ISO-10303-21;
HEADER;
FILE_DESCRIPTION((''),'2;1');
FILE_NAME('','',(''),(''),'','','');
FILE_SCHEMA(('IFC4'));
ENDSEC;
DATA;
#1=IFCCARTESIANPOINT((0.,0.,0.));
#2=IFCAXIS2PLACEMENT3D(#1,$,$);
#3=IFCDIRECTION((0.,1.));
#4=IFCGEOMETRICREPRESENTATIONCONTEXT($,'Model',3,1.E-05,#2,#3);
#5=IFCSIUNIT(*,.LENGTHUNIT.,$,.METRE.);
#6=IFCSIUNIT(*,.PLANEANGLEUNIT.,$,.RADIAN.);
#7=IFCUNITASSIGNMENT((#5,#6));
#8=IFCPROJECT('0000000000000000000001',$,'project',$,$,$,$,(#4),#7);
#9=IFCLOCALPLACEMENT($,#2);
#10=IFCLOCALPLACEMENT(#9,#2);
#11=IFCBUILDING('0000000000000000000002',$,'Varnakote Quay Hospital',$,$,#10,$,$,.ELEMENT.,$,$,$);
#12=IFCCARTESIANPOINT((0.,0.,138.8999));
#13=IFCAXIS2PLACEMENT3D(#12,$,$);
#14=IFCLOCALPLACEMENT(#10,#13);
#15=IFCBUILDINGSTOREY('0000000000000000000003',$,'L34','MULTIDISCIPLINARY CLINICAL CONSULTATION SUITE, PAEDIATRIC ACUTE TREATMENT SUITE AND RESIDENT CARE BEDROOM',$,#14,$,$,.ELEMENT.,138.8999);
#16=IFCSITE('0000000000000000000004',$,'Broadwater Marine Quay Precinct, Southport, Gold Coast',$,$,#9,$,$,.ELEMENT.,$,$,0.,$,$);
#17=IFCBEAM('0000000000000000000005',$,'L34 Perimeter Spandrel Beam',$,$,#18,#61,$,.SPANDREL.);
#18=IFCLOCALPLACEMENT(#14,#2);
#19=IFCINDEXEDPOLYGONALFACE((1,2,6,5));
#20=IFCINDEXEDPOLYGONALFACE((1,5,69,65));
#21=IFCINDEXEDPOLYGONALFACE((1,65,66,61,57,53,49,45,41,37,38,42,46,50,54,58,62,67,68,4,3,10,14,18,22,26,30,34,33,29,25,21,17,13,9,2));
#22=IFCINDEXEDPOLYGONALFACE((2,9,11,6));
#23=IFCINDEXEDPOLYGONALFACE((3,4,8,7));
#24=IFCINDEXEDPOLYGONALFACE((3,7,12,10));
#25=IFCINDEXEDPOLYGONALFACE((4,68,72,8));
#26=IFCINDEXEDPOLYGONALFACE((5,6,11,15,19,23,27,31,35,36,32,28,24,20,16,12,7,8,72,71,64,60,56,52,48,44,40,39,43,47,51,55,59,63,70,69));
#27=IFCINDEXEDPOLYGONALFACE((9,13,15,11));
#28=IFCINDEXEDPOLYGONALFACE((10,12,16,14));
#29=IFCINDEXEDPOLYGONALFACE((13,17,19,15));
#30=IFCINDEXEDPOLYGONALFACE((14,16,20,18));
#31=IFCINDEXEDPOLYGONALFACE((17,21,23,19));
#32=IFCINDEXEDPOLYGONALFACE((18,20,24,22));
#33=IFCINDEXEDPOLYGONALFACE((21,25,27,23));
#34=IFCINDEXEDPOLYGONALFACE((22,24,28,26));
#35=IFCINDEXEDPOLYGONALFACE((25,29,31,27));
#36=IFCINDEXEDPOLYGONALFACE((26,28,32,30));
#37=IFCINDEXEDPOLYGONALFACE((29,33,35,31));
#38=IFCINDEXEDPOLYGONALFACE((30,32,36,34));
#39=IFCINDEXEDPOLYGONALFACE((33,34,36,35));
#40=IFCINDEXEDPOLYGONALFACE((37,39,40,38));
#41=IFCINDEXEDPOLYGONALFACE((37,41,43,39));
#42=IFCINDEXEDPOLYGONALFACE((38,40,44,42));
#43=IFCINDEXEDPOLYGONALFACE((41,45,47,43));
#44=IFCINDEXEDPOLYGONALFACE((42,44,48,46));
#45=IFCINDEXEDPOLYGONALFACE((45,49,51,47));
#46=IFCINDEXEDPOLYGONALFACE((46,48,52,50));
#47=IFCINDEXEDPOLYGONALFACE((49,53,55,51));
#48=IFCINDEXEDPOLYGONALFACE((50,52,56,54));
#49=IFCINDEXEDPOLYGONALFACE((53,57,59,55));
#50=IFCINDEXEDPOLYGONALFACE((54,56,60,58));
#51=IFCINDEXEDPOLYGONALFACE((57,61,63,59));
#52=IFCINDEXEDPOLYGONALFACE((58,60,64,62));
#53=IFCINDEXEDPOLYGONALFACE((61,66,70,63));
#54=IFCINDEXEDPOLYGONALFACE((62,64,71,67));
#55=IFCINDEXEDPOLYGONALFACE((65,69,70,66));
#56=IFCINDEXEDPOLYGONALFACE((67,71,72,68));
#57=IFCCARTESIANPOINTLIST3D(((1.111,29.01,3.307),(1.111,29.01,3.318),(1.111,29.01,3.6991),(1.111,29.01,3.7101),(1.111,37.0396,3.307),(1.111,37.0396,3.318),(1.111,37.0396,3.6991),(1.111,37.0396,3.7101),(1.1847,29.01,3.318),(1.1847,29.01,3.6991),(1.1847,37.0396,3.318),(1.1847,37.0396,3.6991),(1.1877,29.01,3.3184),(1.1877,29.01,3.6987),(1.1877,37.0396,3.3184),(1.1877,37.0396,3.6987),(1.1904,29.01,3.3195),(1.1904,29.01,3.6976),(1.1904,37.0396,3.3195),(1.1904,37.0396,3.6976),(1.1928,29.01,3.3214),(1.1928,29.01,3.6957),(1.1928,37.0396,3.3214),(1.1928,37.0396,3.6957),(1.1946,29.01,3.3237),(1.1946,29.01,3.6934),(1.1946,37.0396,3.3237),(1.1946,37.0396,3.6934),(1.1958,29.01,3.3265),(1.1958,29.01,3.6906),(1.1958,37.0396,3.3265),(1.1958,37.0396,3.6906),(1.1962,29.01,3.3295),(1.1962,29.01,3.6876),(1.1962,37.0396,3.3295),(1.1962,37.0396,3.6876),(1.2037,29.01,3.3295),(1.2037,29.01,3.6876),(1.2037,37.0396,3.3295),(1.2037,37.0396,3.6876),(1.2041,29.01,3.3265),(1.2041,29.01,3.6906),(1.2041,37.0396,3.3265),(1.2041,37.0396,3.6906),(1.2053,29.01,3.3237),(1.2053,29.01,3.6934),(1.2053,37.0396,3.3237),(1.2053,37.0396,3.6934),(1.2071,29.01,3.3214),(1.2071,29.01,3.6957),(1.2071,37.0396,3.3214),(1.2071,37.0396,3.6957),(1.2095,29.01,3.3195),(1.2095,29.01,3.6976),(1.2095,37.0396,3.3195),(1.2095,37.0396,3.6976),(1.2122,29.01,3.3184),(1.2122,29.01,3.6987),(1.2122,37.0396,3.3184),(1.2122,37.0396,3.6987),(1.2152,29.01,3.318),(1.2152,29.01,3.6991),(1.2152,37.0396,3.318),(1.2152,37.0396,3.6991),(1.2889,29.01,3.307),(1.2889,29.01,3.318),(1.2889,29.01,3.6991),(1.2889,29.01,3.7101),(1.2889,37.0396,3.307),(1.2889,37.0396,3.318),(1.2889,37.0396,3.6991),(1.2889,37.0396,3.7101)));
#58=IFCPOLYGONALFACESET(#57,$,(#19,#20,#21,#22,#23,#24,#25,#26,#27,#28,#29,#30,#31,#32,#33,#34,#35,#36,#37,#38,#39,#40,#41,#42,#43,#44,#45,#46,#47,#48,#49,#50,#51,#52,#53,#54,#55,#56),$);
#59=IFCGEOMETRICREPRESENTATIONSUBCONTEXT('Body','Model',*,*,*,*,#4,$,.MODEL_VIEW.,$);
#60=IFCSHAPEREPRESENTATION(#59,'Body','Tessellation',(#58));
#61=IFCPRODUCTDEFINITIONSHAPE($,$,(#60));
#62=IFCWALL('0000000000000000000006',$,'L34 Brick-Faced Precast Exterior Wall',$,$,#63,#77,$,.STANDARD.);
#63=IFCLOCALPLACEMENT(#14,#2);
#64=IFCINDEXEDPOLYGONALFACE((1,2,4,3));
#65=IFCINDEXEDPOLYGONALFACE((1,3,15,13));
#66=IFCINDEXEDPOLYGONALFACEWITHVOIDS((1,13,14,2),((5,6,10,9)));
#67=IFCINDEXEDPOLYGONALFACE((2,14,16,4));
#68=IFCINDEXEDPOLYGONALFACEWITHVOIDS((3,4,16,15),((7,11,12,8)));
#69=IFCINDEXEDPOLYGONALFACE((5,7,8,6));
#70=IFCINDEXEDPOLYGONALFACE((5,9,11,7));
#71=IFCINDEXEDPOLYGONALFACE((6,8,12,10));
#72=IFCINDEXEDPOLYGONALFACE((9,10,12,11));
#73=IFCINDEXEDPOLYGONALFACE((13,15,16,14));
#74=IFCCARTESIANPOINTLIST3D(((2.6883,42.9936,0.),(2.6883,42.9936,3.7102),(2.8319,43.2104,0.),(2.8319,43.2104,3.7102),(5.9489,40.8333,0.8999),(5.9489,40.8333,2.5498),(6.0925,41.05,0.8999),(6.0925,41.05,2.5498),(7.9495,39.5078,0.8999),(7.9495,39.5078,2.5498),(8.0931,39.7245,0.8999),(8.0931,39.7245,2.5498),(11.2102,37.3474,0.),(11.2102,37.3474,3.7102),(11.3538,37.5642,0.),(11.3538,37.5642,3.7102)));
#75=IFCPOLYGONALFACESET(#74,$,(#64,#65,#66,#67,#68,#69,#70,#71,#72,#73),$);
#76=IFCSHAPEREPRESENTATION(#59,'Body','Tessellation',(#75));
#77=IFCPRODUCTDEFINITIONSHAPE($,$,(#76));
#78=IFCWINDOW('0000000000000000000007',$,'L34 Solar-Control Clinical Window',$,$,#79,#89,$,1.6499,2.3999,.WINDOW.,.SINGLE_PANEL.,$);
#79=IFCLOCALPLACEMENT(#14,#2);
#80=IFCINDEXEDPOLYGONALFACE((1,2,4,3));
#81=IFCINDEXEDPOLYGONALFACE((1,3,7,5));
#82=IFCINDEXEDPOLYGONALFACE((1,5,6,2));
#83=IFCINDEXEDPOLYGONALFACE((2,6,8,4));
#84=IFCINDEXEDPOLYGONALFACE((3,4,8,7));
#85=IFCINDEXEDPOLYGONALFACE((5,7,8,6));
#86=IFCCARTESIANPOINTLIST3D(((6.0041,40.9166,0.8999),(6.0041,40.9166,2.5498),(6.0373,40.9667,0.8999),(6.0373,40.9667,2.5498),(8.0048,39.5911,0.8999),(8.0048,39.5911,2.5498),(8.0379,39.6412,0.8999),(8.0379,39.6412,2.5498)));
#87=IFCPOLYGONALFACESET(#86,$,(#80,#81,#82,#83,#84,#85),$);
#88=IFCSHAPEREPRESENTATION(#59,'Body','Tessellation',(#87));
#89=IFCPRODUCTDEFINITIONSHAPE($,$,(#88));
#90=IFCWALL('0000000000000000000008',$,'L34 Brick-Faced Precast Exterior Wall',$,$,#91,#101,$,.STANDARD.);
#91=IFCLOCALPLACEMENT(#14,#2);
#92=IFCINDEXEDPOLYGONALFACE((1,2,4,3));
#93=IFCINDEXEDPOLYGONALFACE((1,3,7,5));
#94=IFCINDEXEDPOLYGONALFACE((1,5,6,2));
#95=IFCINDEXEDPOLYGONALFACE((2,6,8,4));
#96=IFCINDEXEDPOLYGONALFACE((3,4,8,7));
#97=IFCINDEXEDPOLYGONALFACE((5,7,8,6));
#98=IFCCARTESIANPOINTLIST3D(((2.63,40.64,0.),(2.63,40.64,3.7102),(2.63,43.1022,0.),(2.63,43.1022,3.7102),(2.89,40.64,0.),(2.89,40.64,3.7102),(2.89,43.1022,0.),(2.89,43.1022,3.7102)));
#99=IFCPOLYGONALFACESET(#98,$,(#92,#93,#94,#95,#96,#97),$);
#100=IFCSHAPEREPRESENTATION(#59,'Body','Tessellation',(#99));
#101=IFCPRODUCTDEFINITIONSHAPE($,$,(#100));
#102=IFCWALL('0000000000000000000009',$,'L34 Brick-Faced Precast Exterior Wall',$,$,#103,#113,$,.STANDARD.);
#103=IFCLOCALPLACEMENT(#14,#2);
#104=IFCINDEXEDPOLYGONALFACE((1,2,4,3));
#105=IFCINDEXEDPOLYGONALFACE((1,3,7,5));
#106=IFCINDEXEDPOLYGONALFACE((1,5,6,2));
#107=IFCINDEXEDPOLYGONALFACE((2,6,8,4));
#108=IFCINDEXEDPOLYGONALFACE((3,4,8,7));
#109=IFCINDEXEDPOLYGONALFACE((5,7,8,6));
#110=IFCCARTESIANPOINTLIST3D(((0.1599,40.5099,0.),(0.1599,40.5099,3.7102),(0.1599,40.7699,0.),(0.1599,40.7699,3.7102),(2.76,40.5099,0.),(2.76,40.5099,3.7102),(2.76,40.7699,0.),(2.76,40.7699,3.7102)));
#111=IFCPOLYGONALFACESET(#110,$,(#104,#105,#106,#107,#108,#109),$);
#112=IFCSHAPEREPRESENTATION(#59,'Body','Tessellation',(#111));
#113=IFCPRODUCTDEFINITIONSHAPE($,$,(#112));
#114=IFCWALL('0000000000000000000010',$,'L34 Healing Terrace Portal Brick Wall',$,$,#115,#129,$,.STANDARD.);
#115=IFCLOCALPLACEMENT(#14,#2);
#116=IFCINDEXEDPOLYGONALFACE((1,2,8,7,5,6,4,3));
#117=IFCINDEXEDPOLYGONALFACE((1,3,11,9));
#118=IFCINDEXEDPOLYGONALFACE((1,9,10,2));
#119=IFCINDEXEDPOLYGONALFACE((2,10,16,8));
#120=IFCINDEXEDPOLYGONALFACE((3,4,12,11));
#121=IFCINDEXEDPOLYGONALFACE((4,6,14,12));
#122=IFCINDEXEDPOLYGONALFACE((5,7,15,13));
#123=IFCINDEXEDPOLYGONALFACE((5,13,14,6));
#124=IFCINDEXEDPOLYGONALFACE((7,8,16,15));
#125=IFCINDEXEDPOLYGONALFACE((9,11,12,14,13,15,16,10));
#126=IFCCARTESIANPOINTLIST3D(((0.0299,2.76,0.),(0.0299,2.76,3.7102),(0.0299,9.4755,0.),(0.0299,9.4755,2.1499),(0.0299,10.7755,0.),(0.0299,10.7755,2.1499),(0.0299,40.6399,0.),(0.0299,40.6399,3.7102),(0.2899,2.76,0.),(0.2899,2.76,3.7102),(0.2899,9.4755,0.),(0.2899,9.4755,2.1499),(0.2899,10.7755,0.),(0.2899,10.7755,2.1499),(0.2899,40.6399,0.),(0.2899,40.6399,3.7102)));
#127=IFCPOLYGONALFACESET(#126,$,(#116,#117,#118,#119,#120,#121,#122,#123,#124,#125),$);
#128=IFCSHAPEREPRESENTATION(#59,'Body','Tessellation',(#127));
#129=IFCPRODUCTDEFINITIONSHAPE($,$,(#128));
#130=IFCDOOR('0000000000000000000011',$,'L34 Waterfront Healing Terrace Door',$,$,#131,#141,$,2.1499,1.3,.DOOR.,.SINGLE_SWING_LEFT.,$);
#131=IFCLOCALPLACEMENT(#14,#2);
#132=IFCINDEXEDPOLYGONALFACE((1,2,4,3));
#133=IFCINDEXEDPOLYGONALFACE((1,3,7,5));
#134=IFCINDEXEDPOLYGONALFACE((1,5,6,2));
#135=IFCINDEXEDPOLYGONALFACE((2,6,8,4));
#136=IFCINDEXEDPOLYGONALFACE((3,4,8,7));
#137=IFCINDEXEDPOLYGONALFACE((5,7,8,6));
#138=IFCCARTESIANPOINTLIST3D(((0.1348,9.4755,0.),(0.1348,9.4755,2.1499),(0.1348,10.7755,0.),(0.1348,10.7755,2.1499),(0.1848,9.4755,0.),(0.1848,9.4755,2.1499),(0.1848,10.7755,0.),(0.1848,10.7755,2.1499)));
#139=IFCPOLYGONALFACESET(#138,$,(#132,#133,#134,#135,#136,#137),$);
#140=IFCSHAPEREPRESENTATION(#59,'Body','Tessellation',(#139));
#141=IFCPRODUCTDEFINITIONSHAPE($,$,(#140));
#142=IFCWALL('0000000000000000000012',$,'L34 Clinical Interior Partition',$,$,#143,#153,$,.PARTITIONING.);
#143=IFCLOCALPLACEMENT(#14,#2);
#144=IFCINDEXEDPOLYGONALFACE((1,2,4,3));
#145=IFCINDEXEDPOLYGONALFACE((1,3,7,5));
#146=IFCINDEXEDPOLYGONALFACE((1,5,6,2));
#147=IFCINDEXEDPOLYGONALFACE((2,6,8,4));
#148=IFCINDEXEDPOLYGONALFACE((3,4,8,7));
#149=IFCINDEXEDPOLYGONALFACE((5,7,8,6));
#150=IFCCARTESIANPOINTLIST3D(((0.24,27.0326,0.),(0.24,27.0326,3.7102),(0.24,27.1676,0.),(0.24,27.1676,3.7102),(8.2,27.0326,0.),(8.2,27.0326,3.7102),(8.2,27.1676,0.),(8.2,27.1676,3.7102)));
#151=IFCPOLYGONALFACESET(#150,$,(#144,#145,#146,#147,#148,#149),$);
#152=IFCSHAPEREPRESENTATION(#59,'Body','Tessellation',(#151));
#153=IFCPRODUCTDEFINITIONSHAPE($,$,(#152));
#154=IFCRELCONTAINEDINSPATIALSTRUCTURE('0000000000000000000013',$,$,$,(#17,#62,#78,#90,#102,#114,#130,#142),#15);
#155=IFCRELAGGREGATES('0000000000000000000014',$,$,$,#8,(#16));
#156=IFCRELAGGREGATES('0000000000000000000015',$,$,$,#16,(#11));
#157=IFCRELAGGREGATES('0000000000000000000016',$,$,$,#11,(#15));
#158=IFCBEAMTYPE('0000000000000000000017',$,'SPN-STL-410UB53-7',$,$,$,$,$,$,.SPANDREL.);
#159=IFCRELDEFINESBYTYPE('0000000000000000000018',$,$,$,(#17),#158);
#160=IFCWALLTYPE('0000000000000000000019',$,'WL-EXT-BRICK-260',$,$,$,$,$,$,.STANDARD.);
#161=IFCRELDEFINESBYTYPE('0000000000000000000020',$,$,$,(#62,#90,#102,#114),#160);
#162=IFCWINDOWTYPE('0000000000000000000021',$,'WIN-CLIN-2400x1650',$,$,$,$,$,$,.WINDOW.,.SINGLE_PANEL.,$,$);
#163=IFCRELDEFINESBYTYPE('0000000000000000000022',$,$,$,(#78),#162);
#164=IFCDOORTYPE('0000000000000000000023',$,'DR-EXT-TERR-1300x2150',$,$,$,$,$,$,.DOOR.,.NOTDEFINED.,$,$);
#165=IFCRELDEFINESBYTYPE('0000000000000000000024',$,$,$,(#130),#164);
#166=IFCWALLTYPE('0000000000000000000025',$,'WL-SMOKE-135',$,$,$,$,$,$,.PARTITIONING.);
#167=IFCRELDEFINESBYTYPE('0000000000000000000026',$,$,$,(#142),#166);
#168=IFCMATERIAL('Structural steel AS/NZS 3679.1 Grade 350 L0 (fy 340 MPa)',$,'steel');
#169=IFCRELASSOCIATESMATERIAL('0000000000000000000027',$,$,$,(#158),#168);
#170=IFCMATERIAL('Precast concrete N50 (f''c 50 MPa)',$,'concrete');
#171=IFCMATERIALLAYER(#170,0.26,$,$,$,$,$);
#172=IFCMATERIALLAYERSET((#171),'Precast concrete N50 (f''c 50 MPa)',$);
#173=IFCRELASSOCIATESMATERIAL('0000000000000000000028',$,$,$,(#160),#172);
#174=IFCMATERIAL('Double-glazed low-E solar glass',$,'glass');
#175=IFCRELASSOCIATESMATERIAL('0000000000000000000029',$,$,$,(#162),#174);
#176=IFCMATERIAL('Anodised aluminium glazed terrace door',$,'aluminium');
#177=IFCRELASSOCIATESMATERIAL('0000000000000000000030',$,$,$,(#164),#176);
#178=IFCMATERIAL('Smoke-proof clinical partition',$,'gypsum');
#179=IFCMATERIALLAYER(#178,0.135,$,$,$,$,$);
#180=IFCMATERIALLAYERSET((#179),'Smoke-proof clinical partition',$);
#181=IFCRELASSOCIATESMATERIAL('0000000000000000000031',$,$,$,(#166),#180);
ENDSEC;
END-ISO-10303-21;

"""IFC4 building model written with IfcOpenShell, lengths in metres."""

from ifc_helpers import new_model, si_unit, direction, frame, frame_2d, origin, origin_2d, place, context, subcontext, project, spatial, rectangle, i_section, extrude, material, layer, layer_set, material_profile, profile_set, type_object, element, fill, save


model = new_model("IFC4")

# Units and contexts
model_context = context("Model", 3, precision=1e-05, world=origin(), true_north=direction((0.0, 1.0)))
body_context = subcontext(model_context, "Body", "Model", "MODEL_VIEW")
ifc_project = project(units=[si_unit("LENGTHUNIT", "METRE"), si_unit("PLANEANGLEUNIT", "RADIAN")], contexts=[model_context])

# Site, building, storey
site_placement = place(None, origin())
site = spatial("IfcSite", under=ifc_project, at=site_placement, Name="Broadwater Marine Quay Precinct, Southport, Gold Coast", CompositionType="ELEMENT", RefElevation=0.0)
building_placement = place(site_placement, origin())
building = spatial("IfcBuilding", under=site, at=building_placement, Name="Varnakote Quay Hospital", CompositionType="ELEMENT")
storey_placement = place(building_placement, frame((0.0, 0.0, 138.8999)))
storey = spatial("IfcBuildingStorey", under=building, at=storey_placement, Name="L34", Description="MULTIDISCIPLINARY CLINICAL CONSULTATION SUITE, PAEDIATRIC ACUTE TREATMENT SUITE AND RESIDENT CARE BEDROOM", CompositionType="ELEMENT", Elevation=138.8999)

# Beam
ifc_material_1 = material(Name="Structural steel AS/NZS 3679.1 Grade 350 L0 (fy 340 MPa)", Category="steel")
ifc_material_profile_1 = material_profile(ifc_material_1, i_section(OverallWidth=0.178, OverallDepth=0.4031, WebThickness=0.0076, FlangeThickness=0.011, FilletRadius=0.0115, at=origin_2d()), Name="410UB53.7")
ifc_profile_set_1 = profile_set([ifc_material_profile_1], Name="Structural steel AS/NZS 3679.1 Grade 350 L0 (fy 340 MPa)")
beam_type_1 = type_object("IfcBeamType", Name="SPN-STL-410UB53-7", PredefinedType="SPANDREL", material=ifc_profile_set_1)
beam_1_placement = place(storey_placement, frame((1.2, 29.01, 3.5085), z_axis=(0.0, 1.0, 0.0), x_axis=(-1.0, 0.0, 0.0)))
element("IfcBeam", 1, at=beam_1_placement, inside=storey, type_object=beam_type_1, Name="L34 Perimeter Spandrel Beam", PredefinedType="SPANDREL", context=body_context, shape_type="SweptSolid", body=[
    extrude(i_section(OverallWidth=0.178, OverallDepth=0.4031, WebThickness=0.0076, FlangeThickness=0.011, FilletRadius=0.0115, at=origin_2d()), origin(), (0.0, 0.0, 1.0), 8.0295),
])

# Wall, opening, window
ifc_material_2 = material(Name="Precast concrete N50 (f'c 50 MPa)", Category="concrete")
ifc_layer_1 = layer(ifc_material_2, 0.26)
ifc_layer_set_1 = layer_set([ifc_layer_1], Name="Precast concrete N50 (f'c 50 MPa)")
wall_type_1 = type_object("IfcWallType", Name="WL-EXT-BRICK-260", PredefinedType="STANDARD", material=ifc_layer_set_1)
wall_1_placement = place(storey_placement, frame((11.282, 37.4558, 0.0), z_axis=(0.0, 0.0, 1.0), x_axis=(-0.83363, 0.552323, 0.0)))
wall_1 = element("IfcWall", 2, at=wall_1_placement, inside=storey, type_object=wall_type_1, Name="L34 Brick-Faced Precast Exterior Wall", PredefinedType="STANDARD", context=body_context, shape_type="SweptSolid", body=[
    extrude(rectangle(XDim=10.2227, YDim=0.26, at=frame_2d((5.1113, 0.0))), origin(), (0.0, 0.0, 1.0), 3.7102),
])
opening_1_placement = place(wall_1_placement, frame((3.9114, 0.0, 0.8999)))
opening_1 = element("IfcOpeningElement", 3, at=opening_1_placement, cuts=wall_1, PredefinedType="OPENING", context=body_context, shape_type="SweptSolid", body=[
    extrude(rectangle(XDim=2.3999, YDim=1.6499, at=frame_2d((1.2, 0.825))), frame((0.0, 0.1399, 0.0), z_axis=(0.0, -1.0, 0.0), x_axis=(1.0, 0.0, 0.0)), (0.0, 0.0, 1.0), 0.28),
])
ifc_material_3 = material(Name="Double-glazed low-E solar glass", Category="glass")
window_type = type_object("IfcWindowType", Name="WIN-CLIN-2400x1650", PartitioningType="SINGLE_PANEL", PredefinedType="WINDOW", material=ifc_material_3)
window_placement = place(opening_1_placement, origin())
window = element("IfcWindow", 4, at=window_placement, inside=storey, type_object=window_type, Name="L34 Solar-Control Clinical Window", OverallHeight=1.6499, OverallWidth=2.3999, PartitioningType="SINGLE_PANEL", PredefinedType="WINDOW", context=body_context, shape_type="SweptSolid", body=[
    extrude(rectangle(XDim=2.3999, YDim=1.6499, at=frame_2d((1.2, 0.825))), frame((0.0, 0.03, 0.0), z_axis=(0.0, -1.0, 0.0), x_axis=(1.0, 0.0, 0.0)), (0.0, 0.0, 1.0), 0.0601),
])
fill(opening_1, window)

# Walls
wall_2_placement = place(storey_placement, frame((2.76, 43.1021, 0.0), z_axis=(0.0, 0.0, 1.0), x_axis=(0.0, -1.0, 0.0)))
element("IfcWall", 5, at=wall_2_placement, inside=storey, type_object=wall_type_1, Name="L34 Brick-Faced Precast Exterior Wall", PredefinedType="STANDARD", context=body_context, shape_type="SweptSolid", body=[
    extrude(rectangle(XDim=2.4622, YDim=0.26, at=frame_2d((1.231, 0.0))), origin(), (0.0, 0.0, 1.0), 3.7102),
])
wall_3_placement = place(storey_placement, frame((2.76, 40.6399, 0.0), z_axis=(0.0, 0.0, 1.0), x_axis=(-1.0, 0.0, 0.0)))
element("IfcWall", 6, at=wall_3_placement, inside=storey, type_object=wall_type_1, Name="L34 Brick-Faced Precast Exterior Wall", PredefinedType="STANDARD", context=body_context, shape_type="SweptSolid", body=[
    extrude(rectangle(XDim=2.6001, YDim=0.26, at=frame_2d((1.3, 0.0))), origin(), (0.0, 0.0, 1.0), 3.7102),
])

# Wall, opening, door
wall_4_placement = place(storey_placement, frame((0.1599, 40.6399, 0.0), z_axis=(0.0, 0.0, 1.0), x_axis=(0.0, -1.0, 0.0)))
wall_4 = element("IfcWall", 7, at=wall_4_placement, inside=storey, type_object=wall_type_1, Name="L34 Healing Terrace Portal Brick Wall", PredefinedType="STANDARD", context=body_context, shape_type="SweptSolid", body=[
    extrude(rectangle(XDim=37.8799, YDim=0.26, at=frame_2d((18.9399, 0.0))), origin(), (0.0, 0.0, 1.0), 3.7102),
])
opening_2_placement = place(wall_4_placement, frame((29.8645, 0.0, 0.0)))
opening_2 = element("IfcOpeningElement", 8, at=opening_2_placement, cuts=wall_4, PredefinedType="OPENING", context=body_context, shape_type="SweptSolid", body=[
    extrude(rectangle(XDim=1.3, YDim=2.1499, at=frame_2d((0.6499, 1.075))), frame((0.0, 0.1399, 0.0), z_axis=(0.0, -1.0, 0.0), x_axis=(1.0, 0.0, 0.0)), (0.0, 0.0, 1.0), 0.28),
])
ifc_material_4 = material(Name="Anodised aluminium glazed terrace door", Category="aluminium")
door_type = type_object("IfcDoorType", Name="DR-EXT-TERR-1300x2150", OperationType="NOTDEFINED", PredefinedType="DOOR", material=ifc_material_4)
door_placement = place(opening_2_placement, origin())
door = element("IfcDoor", 9, at=door_placement, inside=storey, type_object=door_type, Name="L34 Waterfront Healing Terrace Door", OperationType="SINGLE_SWING_LEFT", OverallHeight=2.1499, OverallWidth=1.3, PredefinedType="DOOR", context=body_context, shape_type="SweptSolid", body=[
    extrude(rectangle(XDim=1.3, YDim=2.1499, at=frame_2d((0.6499, 1.075))), frame((0.0, 0.0249, 0.0), z_axis=(0.0, -1.0, 0.0), x_axis=(1.0, 0.0, 0.0)), (0.0, 0.0, 1.0), 0.05),
])
fill(opening_2, door)

# Wall
ifc_material_5 = material(Name="Smoke-proof clinical partition", Category="gypsum")
ifc_layer_2 = layer(ifc_material_5, 0.135)
ifc_layer_set_2 = layer_set([ifc_layer_2], Name="Smoke-proof clinical partition")
wall_type_2 = type_object("IfcWallType", Name="WL-SMOKE-135", PredefinedType="PARTITIONING", material=ifc_layer_set_2)
wall_5_placement = place(storey_placement, frame((8.2, 27.1001, 0.0), z_axis=(0.0, 0.0, 1.0), x_axis=(-1.0, 0.0, 0.0)))
element("IfcWall", 10, at=wall_5_placement, inside=storey, type_object=wall_type_2, Name="L34 Clinical Interior Partition", PredefinedType="PARTITIONING", context=body_context, shape_type="SweptSolid", body=[
    extrude(rectangle(XDim=7.96, YDim=0.135, at=frame_2d((3.98, 0.0))), origin(), (0.0, 0.0, 1.0), 3.7102),
])

save(model, "model.ifc")
